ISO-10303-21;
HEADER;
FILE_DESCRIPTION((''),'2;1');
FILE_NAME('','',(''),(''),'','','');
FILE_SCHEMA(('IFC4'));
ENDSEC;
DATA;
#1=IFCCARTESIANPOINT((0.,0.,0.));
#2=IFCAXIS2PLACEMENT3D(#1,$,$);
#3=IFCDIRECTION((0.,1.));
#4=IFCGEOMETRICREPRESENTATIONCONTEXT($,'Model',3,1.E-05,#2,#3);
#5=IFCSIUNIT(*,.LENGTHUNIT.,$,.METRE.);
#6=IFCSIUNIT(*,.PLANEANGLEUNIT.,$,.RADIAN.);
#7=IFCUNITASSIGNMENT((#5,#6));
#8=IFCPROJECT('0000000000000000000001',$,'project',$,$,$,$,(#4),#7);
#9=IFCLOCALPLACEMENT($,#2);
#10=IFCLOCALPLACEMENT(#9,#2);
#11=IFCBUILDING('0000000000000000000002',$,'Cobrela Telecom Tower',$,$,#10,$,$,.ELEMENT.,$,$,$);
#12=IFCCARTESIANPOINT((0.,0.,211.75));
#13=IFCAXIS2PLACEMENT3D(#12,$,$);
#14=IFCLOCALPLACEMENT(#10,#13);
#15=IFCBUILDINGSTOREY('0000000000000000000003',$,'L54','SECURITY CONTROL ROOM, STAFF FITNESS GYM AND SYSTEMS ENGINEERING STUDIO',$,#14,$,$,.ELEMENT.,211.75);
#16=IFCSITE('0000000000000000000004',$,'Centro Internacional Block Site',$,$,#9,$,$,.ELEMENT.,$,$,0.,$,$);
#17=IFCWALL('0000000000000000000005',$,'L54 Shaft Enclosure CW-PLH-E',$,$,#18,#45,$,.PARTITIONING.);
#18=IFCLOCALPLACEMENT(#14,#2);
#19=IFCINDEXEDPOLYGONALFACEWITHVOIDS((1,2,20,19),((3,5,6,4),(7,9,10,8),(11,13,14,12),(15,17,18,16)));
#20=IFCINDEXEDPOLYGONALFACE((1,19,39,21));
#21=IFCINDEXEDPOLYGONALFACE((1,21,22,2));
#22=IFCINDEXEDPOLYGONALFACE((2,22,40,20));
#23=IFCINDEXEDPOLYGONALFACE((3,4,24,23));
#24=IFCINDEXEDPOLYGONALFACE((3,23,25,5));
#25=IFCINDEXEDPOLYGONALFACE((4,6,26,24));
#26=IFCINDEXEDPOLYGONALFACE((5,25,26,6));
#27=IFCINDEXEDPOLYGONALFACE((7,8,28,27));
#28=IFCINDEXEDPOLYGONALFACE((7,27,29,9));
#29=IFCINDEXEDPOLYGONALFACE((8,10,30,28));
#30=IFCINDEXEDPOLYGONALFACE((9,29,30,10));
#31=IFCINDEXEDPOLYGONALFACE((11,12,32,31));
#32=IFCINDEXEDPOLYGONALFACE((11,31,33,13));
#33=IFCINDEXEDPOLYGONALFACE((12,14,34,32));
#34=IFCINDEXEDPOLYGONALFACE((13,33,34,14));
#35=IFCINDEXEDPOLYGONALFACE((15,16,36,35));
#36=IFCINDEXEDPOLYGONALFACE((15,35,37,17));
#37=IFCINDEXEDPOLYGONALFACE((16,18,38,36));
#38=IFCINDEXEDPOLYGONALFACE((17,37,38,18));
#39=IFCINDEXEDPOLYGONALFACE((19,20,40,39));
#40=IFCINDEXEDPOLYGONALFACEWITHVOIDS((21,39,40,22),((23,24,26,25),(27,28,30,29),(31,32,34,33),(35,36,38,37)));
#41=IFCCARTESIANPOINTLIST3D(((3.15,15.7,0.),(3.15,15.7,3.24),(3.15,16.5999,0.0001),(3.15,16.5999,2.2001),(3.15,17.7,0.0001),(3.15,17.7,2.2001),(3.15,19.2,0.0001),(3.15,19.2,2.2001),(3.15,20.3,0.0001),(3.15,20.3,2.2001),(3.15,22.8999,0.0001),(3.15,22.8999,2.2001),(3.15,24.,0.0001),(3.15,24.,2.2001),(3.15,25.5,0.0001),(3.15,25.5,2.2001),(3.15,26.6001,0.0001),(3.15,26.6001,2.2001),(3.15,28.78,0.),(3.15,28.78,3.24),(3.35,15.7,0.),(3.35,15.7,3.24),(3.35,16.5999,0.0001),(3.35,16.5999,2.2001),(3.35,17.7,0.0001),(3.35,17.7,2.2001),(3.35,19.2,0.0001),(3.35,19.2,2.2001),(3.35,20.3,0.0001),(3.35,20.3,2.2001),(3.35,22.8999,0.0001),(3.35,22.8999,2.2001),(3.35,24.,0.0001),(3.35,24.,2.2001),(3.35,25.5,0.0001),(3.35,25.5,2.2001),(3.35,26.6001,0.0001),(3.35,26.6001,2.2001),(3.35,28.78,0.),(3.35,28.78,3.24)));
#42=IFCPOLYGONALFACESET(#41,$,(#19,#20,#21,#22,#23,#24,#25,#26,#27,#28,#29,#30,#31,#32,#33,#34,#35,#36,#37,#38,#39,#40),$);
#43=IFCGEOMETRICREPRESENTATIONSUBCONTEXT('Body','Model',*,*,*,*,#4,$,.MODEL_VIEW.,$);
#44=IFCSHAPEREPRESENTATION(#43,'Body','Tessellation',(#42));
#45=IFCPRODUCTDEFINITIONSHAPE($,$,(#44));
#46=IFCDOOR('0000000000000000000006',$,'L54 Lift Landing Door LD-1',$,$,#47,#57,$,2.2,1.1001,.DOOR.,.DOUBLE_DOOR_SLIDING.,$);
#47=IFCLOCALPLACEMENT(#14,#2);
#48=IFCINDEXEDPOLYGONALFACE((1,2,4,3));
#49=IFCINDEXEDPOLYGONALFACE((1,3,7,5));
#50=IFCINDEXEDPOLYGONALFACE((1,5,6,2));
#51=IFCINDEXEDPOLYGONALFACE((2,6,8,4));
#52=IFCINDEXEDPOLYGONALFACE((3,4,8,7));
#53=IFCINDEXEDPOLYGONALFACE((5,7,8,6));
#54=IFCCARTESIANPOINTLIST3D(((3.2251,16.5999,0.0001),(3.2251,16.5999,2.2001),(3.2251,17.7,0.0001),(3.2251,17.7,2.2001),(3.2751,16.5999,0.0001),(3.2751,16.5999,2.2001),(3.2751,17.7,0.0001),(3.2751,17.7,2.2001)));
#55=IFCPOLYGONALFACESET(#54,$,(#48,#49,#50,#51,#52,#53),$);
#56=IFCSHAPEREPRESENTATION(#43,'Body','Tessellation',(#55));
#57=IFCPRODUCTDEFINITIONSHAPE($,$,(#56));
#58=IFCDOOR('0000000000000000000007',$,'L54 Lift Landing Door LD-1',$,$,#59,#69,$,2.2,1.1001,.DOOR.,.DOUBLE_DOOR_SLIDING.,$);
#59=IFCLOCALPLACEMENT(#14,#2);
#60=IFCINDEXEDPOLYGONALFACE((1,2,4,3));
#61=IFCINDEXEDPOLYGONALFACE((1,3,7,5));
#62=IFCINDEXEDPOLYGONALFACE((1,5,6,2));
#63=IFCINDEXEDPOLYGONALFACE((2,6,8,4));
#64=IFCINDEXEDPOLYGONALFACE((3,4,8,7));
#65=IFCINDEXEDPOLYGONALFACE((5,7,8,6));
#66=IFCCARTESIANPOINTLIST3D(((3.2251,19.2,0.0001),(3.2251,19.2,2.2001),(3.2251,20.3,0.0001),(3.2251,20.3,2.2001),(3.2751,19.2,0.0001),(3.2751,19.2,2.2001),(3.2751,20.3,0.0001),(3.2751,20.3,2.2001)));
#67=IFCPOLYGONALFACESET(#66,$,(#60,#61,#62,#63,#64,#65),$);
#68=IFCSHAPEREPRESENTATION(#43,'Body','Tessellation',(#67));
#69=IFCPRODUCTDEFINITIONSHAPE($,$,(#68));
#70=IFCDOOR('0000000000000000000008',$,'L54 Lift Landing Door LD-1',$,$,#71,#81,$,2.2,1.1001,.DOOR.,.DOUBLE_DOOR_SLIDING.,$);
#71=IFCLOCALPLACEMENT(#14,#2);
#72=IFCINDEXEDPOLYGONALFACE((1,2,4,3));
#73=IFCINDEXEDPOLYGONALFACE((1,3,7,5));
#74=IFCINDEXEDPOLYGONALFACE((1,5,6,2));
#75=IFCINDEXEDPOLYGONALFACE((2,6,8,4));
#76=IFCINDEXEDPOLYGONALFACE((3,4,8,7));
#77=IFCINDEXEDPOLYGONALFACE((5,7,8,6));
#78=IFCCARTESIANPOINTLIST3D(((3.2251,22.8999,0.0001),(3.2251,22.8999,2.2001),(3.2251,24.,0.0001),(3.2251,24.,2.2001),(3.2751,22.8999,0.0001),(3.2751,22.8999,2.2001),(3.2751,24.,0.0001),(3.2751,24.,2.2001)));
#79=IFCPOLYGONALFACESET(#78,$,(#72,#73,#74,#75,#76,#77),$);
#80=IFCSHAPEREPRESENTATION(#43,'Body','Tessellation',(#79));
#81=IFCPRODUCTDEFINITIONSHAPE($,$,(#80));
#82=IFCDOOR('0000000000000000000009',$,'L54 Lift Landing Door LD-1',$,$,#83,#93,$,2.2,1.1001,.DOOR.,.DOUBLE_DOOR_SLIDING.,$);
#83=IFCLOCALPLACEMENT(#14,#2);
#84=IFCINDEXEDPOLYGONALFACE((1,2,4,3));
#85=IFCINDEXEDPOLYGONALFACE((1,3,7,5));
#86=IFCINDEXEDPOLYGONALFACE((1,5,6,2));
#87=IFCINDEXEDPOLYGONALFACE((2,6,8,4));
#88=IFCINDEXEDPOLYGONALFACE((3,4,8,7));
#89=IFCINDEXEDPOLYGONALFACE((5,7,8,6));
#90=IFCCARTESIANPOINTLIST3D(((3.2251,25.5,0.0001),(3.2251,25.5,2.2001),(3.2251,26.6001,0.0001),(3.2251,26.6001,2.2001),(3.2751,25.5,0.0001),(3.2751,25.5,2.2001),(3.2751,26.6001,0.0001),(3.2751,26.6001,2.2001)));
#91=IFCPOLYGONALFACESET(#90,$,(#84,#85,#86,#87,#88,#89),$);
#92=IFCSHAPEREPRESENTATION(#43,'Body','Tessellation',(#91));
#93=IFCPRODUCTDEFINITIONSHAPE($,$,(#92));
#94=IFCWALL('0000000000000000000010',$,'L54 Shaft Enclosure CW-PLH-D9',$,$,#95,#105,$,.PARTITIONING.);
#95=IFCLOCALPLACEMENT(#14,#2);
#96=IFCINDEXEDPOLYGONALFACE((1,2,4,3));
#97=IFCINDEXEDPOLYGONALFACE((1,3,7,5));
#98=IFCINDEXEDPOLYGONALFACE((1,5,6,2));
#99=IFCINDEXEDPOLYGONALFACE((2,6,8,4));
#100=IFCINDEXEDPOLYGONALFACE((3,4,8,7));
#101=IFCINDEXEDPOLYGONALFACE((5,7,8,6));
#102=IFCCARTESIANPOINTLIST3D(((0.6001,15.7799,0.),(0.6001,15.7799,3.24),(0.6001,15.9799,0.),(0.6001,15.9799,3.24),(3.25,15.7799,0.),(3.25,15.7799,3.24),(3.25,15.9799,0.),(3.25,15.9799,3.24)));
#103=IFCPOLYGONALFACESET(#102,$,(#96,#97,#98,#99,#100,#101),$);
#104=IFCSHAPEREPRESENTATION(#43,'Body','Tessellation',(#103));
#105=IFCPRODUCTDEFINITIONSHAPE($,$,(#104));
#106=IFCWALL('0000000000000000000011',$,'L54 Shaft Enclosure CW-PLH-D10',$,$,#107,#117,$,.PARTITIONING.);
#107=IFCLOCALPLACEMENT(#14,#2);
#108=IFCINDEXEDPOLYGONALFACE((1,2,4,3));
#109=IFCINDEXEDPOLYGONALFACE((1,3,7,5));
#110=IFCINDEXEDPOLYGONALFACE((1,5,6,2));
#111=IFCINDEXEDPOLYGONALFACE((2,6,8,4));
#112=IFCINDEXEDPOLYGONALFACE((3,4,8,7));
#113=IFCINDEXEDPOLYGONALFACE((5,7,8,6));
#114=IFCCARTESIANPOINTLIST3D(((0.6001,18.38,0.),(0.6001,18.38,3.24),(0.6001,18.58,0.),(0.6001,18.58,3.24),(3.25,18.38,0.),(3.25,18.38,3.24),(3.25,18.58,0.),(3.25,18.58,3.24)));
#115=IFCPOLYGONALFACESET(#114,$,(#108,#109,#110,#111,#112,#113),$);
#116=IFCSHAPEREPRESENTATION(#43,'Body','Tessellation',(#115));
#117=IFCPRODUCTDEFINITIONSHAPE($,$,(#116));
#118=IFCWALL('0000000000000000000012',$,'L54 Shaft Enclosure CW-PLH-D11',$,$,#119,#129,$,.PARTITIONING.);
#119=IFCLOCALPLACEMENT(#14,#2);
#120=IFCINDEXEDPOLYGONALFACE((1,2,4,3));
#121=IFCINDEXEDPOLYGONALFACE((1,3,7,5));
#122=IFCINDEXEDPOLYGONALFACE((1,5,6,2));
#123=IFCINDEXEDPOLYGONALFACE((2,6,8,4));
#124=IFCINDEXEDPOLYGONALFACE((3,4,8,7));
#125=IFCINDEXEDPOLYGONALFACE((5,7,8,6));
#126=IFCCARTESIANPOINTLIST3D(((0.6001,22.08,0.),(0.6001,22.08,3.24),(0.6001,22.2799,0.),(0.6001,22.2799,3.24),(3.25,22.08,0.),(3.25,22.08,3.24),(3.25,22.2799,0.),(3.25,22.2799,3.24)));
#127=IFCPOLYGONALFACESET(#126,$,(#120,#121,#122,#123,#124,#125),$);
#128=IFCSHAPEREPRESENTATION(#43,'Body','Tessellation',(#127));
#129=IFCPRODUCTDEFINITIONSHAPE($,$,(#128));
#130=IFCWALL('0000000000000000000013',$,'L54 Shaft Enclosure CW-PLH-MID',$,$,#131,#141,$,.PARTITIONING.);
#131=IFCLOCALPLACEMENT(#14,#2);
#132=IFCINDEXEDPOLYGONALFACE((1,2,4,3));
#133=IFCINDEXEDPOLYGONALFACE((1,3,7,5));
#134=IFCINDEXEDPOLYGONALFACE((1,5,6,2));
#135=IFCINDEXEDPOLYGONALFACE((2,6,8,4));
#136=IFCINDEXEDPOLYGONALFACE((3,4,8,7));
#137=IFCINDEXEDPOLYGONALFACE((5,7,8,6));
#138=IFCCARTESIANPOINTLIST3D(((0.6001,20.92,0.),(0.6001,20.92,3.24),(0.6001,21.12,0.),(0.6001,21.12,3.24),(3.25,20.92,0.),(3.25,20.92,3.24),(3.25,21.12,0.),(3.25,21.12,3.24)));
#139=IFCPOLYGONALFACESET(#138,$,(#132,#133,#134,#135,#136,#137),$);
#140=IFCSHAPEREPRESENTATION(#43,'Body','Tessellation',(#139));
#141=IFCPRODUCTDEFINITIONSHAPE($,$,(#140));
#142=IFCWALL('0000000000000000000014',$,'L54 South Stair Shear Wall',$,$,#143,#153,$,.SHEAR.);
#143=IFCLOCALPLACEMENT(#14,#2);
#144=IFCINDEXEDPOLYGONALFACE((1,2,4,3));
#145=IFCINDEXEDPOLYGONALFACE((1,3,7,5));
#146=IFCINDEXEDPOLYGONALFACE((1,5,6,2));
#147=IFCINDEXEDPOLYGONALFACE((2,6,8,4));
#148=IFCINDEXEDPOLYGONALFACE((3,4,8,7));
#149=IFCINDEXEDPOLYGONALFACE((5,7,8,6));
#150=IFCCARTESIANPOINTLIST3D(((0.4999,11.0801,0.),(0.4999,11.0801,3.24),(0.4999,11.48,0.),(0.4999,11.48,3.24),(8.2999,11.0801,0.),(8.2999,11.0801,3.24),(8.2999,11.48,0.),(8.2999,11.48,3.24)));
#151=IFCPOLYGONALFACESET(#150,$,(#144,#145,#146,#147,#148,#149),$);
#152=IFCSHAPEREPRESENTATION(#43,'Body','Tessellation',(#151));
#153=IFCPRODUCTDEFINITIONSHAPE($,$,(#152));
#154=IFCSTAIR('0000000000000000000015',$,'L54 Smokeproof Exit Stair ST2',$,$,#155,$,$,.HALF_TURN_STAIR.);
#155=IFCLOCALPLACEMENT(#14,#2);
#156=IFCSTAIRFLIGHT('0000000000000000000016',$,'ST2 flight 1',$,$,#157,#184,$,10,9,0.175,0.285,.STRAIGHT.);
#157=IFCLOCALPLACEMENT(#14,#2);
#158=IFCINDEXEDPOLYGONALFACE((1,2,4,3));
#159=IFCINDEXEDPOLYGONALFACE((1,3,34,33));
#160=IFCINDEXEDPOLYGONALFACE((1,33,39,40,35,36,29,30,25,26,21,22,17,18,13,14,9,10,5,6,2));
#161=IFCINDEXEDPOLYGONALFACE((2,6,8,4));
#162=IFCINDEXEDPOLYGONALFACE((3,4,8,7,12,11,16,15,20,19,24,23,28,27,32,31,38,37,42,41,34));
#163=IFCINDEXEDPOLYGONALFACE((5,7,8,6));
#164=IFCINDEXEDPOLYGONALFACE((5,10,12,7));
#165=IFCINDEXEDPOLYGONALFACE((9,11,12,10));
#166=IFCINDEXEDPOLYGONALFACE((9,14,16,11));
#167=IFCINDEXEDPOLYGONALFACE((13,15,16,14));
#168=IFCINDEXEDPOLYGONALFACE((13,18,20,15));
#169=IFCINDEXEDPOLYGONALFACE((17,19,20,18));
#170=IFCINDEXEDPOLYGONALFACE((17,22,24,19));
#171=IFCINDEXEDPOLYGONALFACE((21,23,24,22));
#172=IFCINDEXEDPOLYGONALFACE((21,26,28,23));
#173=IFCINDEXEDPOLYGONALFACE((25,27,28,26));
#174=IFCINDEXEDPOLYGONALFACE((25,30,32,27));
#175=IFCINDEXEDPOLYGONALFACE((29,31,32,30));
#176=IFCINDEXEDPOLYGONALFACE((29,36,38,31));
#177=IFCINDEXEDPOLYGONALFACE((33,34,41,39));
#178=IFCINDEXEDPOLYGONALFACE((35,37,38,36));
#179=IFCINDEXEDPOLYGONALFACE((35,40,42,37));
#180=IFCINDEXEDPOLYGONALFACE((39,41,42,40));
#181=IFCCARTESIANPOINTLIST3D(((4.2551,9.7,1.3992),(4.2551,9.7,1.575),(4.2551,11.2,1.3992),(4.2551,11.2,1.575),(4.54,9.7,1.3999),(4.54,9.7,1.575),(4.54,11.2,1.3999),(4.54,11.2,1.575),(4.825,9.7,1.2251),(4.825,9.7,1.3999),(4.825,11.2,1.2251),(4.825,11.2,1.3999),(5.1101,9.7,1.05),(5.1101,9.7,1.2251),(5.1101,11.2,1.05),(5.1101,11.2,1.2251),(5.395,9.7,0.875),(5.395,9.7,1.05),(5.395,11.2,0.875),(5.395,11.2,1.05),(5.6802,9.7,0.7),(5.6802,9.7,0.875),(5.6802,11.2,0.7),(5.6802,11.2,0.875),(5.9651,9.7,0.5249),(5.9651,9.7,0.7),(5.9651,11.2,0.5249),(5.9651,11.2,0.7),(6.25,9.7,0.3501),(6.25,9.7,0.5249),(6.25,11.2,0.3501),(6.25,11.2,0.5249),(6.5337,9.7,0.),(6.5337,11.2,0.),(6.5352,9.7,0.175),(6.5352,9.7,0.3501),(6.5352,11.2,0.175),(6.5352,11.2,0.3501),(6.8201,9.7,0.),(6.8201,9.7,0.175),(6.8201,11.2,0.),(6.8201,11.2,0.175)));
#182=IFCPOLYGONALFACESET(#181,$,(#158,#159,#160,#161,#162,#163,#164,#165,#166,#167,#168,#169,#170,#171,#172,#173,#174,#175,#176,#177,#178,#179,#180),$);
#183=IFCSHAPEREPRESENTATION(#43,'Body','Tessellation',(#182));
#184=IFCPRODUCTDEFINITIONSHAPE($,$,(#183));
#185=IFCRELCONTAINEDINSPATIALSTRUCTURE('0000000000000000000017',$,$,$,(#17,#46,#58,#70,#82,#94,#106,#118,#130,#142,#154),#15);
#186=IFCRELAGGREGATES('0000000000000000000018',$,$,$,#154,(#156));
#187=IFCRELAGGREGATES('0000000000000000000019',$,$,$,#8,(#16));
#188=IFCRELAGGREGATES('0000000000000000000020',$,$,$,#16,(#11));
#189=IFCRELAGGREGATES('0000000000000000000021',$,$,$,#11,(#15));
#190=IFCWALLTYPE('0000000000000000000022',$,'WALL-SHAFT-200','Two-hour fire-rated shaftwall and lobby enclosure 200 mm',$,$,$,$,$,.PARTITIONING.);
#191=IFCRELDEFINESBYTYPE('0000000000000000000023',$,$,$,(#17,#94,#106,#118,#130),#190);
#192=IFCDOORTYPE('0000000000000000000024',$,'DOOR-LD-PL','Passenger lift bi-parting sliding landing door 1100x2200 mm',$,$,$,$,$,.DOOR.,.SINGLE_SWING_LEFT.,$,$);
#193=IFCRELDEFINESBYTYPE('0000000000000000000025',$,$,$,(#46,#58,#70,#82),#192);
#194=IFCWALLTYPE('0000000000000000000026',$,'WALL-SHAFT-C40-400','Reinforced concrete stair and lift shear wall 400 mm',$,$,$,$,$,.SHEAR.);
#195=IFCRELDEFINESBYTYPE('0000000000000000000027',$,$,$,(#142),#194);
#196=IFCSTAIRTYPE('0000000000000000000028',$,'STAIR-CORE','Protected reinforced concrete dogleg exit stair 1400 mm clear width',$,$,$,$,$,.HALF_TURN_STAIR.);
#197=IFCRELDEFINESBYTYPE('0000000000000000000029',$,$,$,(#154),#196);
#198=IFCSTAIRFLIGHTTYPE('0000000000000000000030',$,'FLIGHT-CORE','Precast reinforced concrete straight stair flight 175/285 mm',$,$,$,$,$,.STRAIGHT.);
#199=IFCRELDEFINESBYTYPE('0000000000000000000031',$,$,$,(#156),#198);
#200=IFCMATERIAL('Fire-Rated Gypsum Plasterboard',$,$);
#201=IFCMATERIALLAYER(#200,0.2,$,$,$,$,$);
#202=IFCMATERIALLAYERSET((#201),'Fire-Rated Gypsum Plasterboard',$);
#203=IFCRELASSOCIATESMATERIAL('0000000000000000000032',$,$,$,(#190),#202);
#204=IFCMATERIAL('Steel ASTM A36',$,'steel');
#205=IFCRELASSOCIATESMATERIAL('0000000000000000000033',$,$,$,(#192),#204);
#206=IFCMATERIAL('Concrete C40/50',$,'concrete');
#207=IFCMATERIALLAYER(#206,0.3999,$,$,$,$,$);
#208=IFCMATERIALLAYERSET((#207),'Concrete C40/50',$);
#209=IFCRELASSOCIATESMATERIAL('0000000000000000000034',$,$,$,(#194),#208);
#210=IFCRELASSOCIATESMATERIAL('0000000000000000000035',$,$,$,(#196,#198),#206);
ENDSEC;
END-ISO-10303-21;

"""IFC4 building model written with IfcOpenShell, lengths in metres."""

from ifc_helpers import new_model, si_unit, direction, frame, frame_2d, origin, place, context, subcontext, project, spatial, polyline, rectangle, outline, extrude, material, layer, layer_set, type_object, element, fill, aggregate, save


model = new_model("IFC4")

# Units and contexts
model_context = context("Model", 3, precision=1e-05, world=origin(), true_north=direction((0.0, 1.0)))
body_context = subcontext(model_context, "Body", "Model", "MODEL_VIEW")
ifc_project = project(units=[si_unit("LENGTHUNIT", "METRE"), si_unit("PLANEANGLEUNIT", "RADIAN")], contexts=[model_context])

# Site, building, storey
site_placement = place(None, origin())
site = spatial("IfcSite", under=ifc_project, at=site_placement, Name="Centro Internacional Block Site", CompositionType="ELEMENT", RefElevation=0.0)
building_placement = place(site_placement, origin())
building = spatial("IfcBuilding", under=site, at=building_placement, Name="Cobrela Telecom Tower", CompositionType="ELEMENT")
storey_placement = place(building_placement, frame((0.0, 0.0, 211.75)))
storey = spatial("IfcBuildingStorey", under=building, at=storey_placement, Name="L54", Description="SECURITY CONTROL ROOM, STAFF FITNESS GYM AND SYSTEMS ENGINEERING STUDIO", CompositionType="ELEMENT", Elevation=211.75)

# Shared definitions
ifc_material_1 = material(Name="Fire-Rated Gypsum Plasterboard")

# Wall, openings, doors
ifc_layer_1 = layer(ifc_material_1, 0.2)
ifc_layer_set_1 = layer_set([ifc_layer_1], Name="Fire-Rated Gypsum Plasterboard")
wall_type_1 = type_object("IfcWallType", Name="WALL-SHAFT-200", Description="Two-hour fire-rated shaftwall and lobby enclosure 200 mm", PredefinedType="PARTITIONING", material=ifc_layer_set_1)
wall_1_placement = place(storey_placement, frame((3.25, 15.7, 0.0), z_axis=(0.0, 0.0, 1.0), x_axis=(0.0, 1.0, 0.0)))
wall_1 = element("IfcWall", 1, at=wall_1_placement, inside=storey, type_object=wall_type_1, Name="L54 Shaft Enclosure CW-PLH-E", PredefinedType="PARTITIONING", context=body_context, shape_type="SweptSolid", body=[
    extrude(rectangle(XDim=13.0801, YDim=0.2, at=frame_2d((6.54, 0.0))), origin(), (0.0, 0.0, 1.0), 3.24),
])
opening_1_placement = place(wall_1_placement, frame((0.8999, 0.0, 0.0)))
opening_1 = element("IfcOpeningElement", 2, at=opening_1_placement, cuts=wall_1, PredefinedType="OPENING", context=body_context, shape_type="SweptSolid", body=[
    extrude(rectangle(XDim=1.1001, YDim=2.2, at=frame_2d((0.55, 1.1001))), frame((0.0, 0.1118, 0.0), z_axis=(0.0, -1.0, 0.0), x_axis=(1.0, 0.0, 0.0)), (0.0, 0.0, 1.0), 0.2239),
])
opening_2_placement = place(wall_1_placement, frame((3.5, 0.0, 0.0)))
opening_2 = element("IfcOpeningElement", 3, at=opening_2_placement, cuts=wall_1, PredefinedType="OPENING", context=body_context, shape_type="SweptSolid", body=[
    extrude(rectangle(XDim=1.1001, YDim=2.2, at=frame_2d((0.55, 1.1001))), frame((0.0, 0.1118, 0.0), z_axis=(0.0, -1.0, 0.0), x_axis=(1.0, 0.0, 0.0)), (0.0, 0.0, 1.0), 0.2239),
])
opening_3_placement = place(wall_1_placement, frame((7.2, 0.0, 0.0)))
opening_3 = element("IfcOpeningElement", 4, at=opening_3_placement, cuts=wall_1, PredefinedType="OPENING", context=body_context, shape_type="SweptSolid", body=[
    extrude(rectangle(XDim=1.1001, YDim=2.2, at=frame_2d((0.55, 1.1001))), frame((0.0, 0.1118, 0.0), z_axis=(0.0, -1.0, 0.0), x_axis=(1.0, 0.0, 0.0)), (0.0, 0.0, 1.0), 0.2239),
])
opening_4_placement = place(wall_1_placement, frame((9.8, 0.0, 0.0)))
opening_4 = element("IfcOpeningElement", 5, at=opening_4_placement, cuts=wall_1, PredefinedType="OPENING", context=body_context, shape_type="SweptSolid", body=[
    extrude(rectangle(XDim=1.1001, YDim=2.2, at=frame_2d((0.55, 1.1001))), frame((0.0, 0.1118, 0.0), z_axis=(0.0, -1.0, 0.0), x_axis=(1.0, 0.0, 0.0)), (0.0, 0.0, 1.0), 0.2239),
])
ifc_material_2 = material(Name="Steel ASTM A36", Category="steel")
door_type_1 = type_object("IfcDoorType", Name="DOOR-LD-PL", Description="Passenger lift bi-parting sliding landing door 1100x2200 mm", OperationType="SINGLE_SWING_LEFT", PredefinedType="DOOR", material=ifc_material_2)
door_1_placement = place(opening_1_placement, origin())
door_1 = element("IfcDoor", 6, at=door_1_placement, inside=storey, type_object=door_type_1, Name="L54 Lift Landing Door LD-1", OperationType="DOUBLE_DOOR_SLIDING", OverallHeight=2.2, OverallWidth=1.1001, PredefinedType="DOOR", context=body_context, shape_type="SweptSolid", body=[
    extrude(rectangle(XDim=1.1001, YDim=2.2, at=frame_2d((0.55, 1.1001))), frame((0.0, 0.0249, 0.0), z_axis=(0.0, -1.0, 0.0), x_axis=(1.0, 0.0, 0.0)), (0.0, 0.0, 1.0), 0.05),
])
fill(opening_1, door_1)
door_2_placement = place(opening_2_placement, origin())
door_2 = element("IfcDoor", 7, at=door_2_placement, inside=storey, type_object=door_type_1, Name="L54 Lift Landing Door LD-1", OperationType="DOUBLE_DOOR_SLIDING", OverallHeight=2.2, OverallWidth=1.1001, PredefinedType="DOOR", context=body_context, shape_type="SweptSolid", body=[
    extrude(rectangle(XDim=1.1001, YDim=2.2, at=frame_2d((0.55, 1.1001))), frame((0.0, 0.0249, 0.0), z_axis=(0.0, -1.0, 0.0), x_axis=(1.0, 0.0, 0.0)), (0.0, 0.0, 1.0), 0.05),
])
fill(opening_2, door_2)
door_3_placement = place(opening_3_placement, origin())
door_3 = element("IfcDoor", 8, at=door_3_placement, inside=storey, type_object=door_type_1, Name="L54 Lift Landing Door LD-1", OperationType="DOUBLE_DOOR_SLIDING", OverallHeight=2.2, OverallWidth=1.1001, PredefinedType="DOOR", context=body_context, shape_type="SweptSolid", body=[
    extrude(rectangle(XDim=1.1001, YDim=2.2, at=frame_2d((0.55, 1.1001))), frame((0.0, 0.0249, 0.0), z_axis=(0.0, -1.0, 0.0), x_axis=(1.0, 0.0, 0.0)), (0.0, 0.0, 1.0), 0.05),
])
fill(opening_3, door_3)
door_4_placement = place(opening_4_placement, origin())
door_4 = element("IfcDoor", 9, at=door_4_placement, inside=storey, type_object=door_type_1, Name="L54 Lift Landing Door LD-1", OperationType="DOUBLE_DOOR_SLIDING", OverallHeight=2.2, OverallWidth=1.1001, PredefinedType="DOOR", context=body_context, shape_type="SweptSolid", body=[
    extrude(rectangle(XDim=1.1001, YDim=2.2, at=frame_2d((0.55, 1.1001))), frame((0.0, 0.0249, 0.0), z_axis=(0.0, -1.0, 0.0), x_axis=(1.0, 0.0, 0.0)), (0.0, 0.0, 1.0), 0.05),
])
fill(opening_4, door_4)

# Walls
for number, where, z_axis, x_axis, name in (
    (10, (0.6001, 15.8799, 0.0), (0.0, 0.0, 1.0), (1.0, 0.0, 0.0), "L54 Shaft Enclosure CW-PLH-D9"),
    (11, (0.6001, 18.48, 0.0), (0.0, 0.0, 1.0), (1.0, 0.0, 0.0), "L54 Shaft Enclosure CW-PLH-D10"),
    (12, (0.6001, 22.1799, 0.0), (0.0, 0.0, 1.0), (1.0, 0.0, 0.0), "L54 Shaft Enclosure CW-PLH-D11"),
    (13, (0.6001, 21.02, 0.0), (0.0, 0.0, 1.0), (1.0, 0.0, 0.0), "L54 Shaft Enclosure CW-PLH-MID"),
):
    element("IfcWall", number, at=place(storey_placement, frame(where, z_axis=z_axis, x_axis=x_axis)), inside=storey, type_object=wall_type_1, Name=name, PredefinedType="PARTITIONING", context=body_context, shape_type="SweptSolid", body=[
        extrude(rectangle(XDim=2.6499, YDim=0.2, at=frame_2d((1.325, 0.0))), origin(), (0.0, 0.0, 1.0), 3.24),
    ])
ifc_material_3 = material(Name="Concrete C40/50", Category="concrete")
ifc_layer_2 = layer(ifc_material_3, 0.3999)
ifc_layer_set_2 = layer_set([ifc_layer_2], Name="Concrete C40/50")
wall_type_2 = type_object("IfcWallType", Name="WALL-SHAFT-C40-400", Description="Reinforced concrete stair and lift shear wall 400 mm", PredefinedType="SHEAR", material=ifc_layer_set_2)
wall_2_placement = place(storey_placement, frame((0.5, 11.28, 0.0), z_axis=(0.0, 0.0, 1.0), x_axis=(1.0, 0.0, 0.0)))
element("IfcWall", 14, at=wall_2_placement, inside=storey, type_object=wall_type_2, Name="L54 South Stair Shear Wall", PredefinedType="SHEAR", context=body_context, shape_type="SweptSolid", body=[
    extrude(rectangle(XDim=7.8, YDim=0.3999, at=frame_2d((3.8999, 0.0))), origin(), (0.0, 0.0, 1.0), 3.24),
])

# Stair, stair flight
stair_type = type_object("IfcStairType", Name="STAIR-CORE", Description="Protected reinforced concrete dogleg exit stair 1400 mm clear width", PredefinedType="HALF_TURN_STAIR", material=ifc_material_3)
stair_placement = place(storey_placement, origin())
stair = element("IfcStair", 15, at=stair_placement, inside=storey, type_object=stair_type, Name="L54 Smokeproof Exit Stair ST2", PredefinedType="HALF_TURN_STAIR")
stair_flight_type = type_object("IfcStairFlightType", Name="FLIGHT-CORE", Description="Precast reinforced concrete straight stair flight 175/285 mm", PredefinedType="STRAIGHT", material=ifc_material_3)
stair_flight_placement = place(storey_placement, frame((6.8201, 10.45, 0.0), z_axis=(0.0, 0.0, 1.0), x_axis=(-1.0, 0.0, 0.0)))
stair_flight = element("IfcStairFlight", 16, at=stair_flight_placement, type_object=stair_flight_type, Name="ST2 flight 1", NumberOfRisers=10, NumberOfTreads=9, PredefinedType="STRAIGHT", RiserHeight=0.175, TreadLength=0.285, context=body_context, shape_type="SweptSolid", body=[
    extrude(outline(polyline([(0.0, 0.0), (0.0, 0.175), (0.2849, 0.175), (0.2849, 0.3501), (0.5701, 0.3501), (0.5701, 0.5249), (0.855, 0.5249), (0.855, 0.7), (1.1399, 0.7), (1.1399, 0.875), (1.425, 0.875), (1.425, 1.05), (1.71, 1.05), (1.71, 1.2251), (1.9951, 1.2251), (1.9951, 1.3999), (2.28, 1.3999), (2.28, 1.575), (2.5649, 1.575), (2.5649, 1.75), (2.5649, 1.3992), (0.2864, 0.0), (0.0, 0.0)])), frame((0.0, 0.75, 0.0), z_axis=(0.0, -1.0, 0.0), x_axis=(1.0, 0.0, 0.0)), (0.0, 0.0, 1.0), 1.5),
])
aggregate(stair, [stair_flight])

save(model, "model.ifc")
